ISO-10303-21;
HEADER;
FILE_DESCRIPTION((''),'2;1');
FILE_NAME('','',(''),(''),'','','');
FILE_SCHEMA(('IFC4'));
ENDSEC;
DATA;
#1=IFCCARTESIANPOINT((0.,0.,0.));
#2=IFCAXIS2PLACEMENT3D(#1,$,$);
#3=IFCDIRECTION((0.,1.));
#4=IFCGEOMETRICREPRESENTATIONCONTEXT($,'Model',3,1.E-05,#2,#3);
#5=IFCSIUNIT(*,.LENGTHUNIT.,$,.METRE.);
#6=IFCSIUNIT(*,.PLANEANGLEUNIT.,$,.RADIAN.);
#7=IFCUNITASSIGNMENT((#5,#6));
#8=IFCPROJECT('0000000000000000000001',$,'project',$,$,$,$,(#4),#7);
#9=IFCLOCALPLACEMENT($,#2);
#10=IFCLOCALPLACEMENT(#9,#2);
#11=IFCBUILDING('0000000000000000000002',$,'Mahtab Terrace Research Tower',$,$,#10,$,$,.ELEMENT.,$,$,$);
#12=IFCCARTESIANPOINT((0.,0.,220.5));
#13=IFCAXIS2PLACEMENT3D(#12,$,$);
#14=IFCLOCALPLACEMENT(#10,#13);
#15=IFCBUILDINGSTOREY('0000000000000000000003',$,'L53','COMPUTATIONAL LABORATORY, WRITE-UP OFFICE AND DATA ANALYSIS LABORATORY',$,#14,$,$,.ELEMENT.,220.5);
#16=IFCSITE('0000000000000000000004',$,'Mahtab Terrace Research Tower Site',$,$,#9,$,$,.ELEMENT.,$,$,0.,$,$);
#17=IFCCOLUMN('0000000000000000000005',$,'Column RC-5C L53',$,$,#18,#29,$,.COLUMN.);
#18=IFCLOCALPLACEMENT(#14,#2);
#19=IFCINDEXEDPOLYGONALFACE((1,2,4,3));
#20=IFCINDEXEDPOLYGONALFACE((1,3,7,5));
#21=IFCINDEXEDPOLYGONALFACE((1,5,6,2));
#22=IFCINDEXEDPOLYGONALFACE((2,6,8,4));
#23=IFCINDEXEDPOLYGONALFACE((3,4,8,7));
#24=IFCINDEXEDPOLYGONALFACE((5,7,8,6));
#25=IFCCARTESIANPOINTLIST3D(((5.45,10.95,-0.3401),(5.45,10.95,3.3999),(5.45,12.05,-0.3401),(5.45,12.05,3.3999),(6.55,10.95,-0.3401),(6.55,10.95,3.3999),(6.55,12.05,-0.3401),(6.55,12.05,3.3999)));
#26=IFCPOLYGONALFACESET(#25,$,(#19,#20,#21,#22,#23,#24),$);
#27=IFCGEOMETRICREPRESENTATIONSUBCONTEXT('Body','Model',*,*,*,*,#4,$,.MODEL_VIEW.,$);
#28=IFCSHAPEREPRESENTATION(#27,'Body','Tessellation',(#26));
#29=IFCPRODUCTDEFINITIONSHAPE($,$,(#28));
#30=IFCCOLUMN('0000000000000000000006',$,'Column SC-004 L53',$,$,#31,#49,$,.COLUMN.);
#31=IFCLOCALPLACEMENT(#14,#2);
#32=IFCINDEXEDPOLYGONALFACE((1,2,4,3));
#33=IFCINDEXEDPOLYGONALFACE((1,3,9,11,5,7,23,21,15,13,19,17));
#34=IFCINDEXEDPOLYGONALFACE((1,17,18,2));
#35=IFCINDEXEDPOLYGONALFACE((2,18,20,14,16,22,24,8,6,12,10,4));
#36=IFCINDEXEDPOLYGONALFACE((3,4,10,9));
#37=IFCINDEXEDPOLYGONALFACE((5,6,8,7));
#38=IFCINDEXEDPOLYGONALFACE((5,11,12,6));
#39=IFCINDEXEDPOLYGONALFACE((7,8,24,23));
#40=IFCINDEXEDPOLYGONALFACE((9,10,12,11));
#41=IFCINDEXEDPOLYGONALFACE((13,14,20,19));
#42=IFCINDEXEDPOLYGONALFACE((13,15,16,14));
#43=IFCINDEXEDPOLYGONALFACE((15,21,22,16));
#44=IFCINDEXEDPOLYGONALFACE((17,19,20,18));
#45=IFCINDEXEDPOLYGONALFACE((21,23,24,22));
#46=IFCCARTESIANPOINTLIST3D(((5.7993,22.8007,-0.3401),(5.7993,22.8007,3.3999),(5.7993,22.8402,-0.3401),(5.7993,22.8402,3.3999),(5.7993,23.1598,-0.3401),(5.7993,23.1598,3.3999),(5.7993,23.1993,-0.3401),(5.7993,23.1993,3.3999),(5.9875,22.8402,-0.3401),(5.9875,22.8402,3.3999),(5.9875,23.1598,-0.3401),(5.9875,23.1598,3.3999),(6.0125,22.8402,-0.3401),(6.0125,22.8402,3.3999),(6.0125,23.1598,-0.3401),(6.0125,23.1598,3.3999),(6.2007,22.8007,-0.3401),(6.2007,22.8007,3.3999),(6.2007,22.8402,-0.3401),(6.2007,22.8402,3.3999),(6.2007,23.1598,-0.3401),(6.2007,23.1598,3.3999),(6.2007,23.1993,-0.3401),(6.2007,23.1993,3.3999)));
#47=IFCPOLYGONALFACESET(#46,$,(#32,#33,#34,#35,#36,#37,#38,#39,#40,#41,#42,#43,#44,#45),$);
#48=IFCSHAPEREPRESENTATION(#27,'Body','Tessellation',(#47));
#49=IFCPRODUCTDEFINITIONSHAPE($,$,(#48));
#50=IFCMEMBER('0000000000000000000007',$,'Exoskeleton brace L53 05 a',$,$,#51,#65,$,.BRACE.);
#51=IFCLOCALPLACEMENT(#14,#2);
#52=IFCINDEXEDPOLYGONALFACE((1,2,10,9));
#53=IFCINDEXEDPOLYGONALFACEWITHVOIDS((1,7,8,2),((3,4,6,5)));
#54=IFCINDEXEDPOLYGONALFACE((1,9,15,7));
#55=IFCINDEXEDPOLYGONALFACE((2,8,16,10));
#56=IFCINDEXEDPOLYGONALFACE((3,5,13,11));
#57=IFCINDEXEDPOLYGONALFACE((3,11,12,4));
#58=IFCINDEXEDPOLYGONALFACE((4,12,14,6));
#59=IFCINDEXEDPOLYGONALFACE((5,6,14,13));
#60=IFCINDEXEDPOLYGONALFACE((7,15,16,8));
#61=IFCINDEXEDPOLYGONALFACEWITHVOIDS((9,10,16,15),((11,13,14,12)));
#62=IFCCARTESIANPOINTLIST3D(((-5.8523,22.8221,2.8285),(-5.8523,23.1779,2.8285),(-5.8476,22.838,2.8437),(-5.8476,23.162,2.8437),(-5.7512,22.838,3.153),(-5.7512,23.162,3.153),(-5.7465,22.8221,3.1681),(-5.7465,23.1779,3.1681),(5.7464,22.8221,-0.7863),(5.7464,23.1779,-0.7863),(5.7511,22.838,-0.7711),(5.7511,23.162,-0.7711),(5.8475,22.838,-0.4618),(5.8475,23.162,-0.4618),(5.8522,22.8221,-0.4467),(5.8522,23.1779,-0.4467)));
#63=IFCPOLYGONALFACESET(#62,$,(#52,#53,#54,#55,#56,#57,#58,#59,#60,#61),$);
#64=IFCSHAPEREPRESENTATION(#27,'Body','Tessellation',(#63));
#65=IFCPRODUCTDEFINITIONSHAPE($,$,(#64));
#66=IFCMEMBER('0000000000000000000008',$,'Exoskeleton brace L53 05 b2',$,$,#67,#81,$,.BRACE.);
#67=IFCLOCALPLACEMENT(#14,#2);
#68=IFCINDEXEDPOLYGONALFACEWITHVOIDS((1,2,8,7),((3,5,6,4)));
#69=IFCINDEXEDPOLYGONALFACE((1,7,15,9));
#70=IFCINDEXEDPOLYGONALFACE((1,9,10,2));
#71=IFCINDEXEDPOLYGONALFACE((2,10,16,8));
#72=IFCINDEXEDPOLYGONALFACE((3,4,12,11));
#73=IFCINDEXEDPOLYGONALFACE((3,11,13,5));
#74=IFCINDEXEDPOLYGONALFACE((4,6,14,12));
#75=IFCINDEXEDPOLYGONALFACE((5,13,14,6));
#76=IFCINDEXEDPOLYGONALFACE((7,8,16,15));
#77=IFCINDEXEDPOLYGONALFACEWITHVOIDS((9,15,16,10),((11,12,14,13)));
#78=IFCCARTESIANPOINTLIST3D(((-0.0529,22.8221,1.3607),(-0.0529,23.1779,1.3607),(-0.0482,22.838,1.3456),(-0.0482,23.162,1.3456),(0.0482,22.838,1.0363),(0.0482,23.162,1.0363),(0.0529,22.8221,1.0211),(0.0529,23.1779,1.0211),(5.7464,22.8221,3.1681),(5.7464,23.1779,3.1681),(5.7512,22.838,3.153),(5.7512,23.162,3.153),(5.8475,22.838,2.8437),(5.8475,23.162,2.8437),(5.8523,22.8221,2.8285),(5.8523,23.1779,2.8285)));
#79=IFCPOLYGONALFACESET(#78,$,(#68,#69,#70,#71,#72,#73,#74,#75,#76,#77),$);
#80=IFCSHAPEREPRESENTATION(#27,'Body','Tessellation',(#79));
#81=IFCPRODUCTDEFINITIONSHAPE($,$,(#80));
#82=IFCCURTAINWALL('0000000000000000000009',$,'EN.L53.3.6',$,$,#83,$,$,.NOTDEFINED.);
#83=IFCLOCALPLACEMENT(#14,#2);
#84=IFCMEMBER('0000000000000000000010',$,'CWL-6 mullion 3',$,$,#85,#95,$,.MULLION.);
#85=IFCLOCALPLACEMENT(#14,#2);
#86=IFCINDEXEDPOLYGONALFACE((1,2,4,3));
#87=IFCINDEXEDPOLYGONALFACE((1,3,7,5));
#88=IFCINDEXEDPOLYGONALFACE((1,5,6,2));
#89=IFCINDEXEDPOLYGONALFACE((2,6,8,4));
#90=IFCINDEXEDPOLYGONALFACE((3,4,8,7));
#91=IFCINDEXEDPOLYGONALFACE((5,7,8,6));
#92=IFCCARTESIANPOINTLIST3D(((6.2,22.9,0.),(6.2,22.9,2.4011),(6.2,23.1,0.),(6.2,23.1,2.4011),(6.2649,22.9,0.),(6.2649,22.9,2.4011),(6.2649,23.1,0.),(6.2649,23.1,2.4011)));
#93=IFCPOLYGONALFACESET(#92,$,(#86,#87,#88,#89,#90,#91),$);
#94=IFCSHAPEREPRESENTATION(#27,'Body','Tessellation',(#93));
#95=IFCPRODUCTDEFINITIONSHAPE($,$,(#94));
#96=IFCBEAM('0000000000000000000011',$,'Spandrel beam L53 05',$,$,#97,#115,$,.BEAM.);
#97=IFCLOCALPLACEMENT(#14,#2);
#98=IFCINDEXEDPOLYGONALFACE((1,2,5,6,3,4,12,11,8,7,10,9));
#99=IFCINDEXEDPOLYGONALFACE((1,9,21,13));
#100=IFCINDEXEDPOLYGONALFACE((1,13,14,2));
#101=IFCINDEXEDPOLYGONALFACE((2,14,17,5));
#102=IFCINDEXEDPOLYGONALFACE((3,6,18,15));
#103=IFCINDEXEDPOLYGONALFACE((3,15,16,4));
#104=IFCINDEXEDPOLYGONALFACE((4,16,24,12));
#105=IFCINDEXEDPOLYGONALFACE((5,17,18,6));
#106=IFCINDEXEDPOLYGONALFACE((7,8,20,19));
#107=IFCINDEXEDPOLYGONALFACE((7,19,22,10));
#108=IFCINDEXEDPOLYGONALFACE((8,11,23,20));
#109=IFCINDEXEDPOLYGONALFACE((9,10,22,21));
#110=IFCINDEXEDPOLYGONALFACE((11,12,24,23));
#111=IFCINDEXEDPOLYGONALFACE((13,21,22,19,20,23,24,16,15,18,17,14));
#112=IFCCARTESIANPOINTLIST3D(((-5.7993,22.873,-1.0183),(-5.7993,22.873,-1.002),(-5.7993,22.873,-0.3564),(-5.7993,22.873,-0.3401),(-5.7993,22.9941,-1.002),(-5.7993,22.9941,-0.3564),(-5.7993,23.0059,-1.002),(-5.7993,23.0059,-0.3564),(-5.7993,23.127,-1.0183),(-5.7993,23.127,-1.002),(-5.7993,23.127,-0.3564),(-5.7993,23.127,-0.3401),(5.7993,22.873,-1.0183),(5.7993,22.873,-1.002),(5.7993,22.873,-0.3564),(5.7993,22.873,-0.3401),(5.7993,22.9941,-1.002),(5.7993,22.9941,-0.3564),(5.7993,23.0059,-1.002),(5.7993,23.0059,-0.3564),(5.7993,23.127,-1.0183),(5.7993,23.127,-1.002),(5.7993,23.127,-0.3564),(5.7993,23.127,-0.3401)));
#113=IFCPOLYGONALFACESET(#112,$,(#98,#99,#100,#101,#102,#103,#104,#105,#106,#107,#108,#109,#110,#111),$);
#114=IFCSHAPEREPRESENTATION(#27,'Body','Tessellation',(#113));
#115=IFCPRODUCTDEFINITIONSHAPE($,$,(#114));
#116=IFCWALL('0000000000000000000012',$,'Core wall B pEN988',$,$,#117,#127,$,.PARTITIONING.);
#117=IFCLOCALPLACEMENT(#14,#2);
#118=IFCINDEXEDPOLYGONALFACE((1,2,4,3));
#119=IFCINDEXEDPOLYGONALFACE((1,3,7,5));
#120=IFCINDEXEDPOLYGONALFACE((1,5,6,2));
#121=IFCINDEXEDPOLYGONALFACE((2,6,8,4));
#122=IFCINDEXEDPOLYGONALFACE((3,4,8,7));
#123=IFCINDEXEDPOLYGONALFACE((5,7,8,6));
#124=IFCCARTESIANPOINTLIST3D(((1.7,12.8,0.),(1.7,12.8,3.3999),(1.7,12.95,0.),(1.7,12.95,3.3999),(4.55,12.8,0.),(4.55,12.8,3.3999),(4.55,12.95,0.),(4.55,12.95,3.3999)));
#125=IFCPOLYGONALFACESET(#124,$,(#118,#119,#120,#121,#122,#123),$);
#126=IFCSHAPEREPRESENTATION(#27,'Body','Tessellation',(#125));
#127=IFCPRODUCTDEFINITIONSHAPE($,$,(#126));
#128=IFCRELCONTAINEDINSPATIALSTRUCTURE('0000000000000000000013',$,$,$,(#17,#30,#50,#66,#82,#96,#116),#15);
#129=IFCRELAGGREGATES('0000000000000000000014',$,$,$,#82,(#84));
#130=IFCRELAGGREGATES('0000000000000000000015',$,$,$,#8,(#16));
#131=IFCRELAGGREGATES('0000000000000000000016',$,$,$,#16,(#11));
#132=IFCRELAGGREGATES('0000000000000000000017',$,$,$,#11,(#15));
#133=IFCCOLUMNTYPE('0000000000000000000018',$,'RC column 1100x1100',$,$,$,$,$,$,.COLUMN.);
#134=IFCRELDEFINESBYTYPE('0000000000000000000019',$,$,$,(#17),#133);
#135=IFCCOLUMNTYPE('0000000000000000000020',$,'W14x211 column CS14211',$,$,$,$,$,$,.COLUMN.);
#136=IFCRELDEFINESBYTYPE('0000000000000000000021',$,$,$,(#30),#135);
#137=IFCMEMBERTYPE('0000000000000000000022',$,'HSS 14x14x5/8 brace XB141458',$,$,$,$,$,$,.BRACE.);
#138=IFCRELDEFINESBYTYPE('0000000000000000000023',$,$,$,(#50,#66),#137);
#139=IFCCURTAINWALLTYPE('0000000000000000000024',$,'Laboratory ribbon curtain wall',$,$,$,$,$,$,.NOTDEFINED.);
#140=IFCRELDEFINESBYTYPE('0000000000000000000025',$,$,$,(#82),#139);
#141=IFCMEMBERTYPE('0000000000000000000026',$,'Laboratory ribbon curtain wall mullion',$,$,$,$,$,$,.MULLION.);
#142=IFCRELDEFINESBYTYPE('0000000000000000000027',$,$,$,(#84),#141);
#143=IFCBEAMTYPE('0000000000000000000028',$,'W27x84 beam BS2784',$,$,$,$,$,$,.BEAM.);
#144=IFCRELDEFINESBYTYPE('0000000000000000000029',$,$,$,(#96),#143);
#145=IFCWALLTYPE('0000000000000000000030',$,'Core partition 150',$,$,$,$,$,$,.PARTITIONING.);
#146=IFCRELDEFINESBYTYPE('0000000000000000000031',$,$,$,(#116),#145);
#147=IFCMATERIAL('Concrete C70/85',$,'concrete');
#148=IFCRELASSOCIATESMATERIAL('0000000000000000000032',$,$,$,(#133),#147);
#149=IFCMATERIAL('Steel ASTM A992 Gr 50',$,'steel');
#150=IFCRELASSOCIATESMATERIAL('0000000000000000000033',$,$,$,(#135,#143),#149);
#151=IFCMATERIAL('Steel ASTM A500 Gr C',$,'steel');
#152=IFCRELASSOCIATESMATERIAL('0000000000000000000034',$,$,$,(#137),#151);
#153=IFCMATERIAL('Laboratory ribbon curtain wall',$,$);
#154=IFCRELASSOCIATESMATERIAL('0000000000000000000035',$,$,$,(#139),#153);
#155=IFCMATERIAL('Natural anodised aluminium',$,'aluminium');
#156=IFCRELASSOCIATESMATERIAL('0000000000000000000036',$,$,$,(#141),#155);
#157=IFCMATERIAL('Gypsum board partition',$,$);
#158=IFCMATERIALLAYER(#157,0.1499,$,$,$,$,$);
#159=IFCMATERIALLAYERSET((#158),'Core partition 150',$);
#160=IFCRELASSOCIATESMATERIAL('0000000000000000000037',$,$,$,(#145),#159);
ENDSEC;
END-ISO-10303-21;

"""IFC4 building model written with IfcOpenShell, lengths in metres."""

from ifc_helpers import new_model, si_unit, direction, frame, frame_2d, origin, origin_2d, place, context, subcontext, project, spatial, rectangle, hollow_rectangle, i_section, extrude, material, layer, layer_set, material_profile, profile_set, type_object, element, aggregate, save


model = new_model("IFC4")

# Units and contexts
model_context = context("Model", 3, precision=1e-05, world=origin(), true_north=direction((0.0, 1.0)))
body_context = subcontext(model_context, "Body", "Model", "MODEL_VIEW")
ifc_project = project(units=[si_unit("LENGTHUNIT", "METRE"), si_unit("PLANEANGLEUNIT", "RADIAN")], contexts=[model_context])

# Site, building, storey
site_placement = place(None, origin())
site = spatial("IfcSite", under=ifc_project, at=site_placement, Name="Mahtab Terrace Research Tower Site", CompositionType="ELEMENT", RefElevation=0.0)
building_placement = place(site_placement, origin())
building = spatial("IfcBuilding", under=site, at=building_placement, Name="Mahtab Terrace Research Tower", CompositionType="ELEMENT")
storey_placement = place(building_placement, frame((0.0, 0.0, 220.5)))
storey = spatial("IfcBuildingStorey", under=building, at=storey_placement, Name="L53", Description="COMPUTATIONAL LABORATORY, WRITE-UP OFFICE AND DATA ANALYSIS LABORATORY", CompositionType="ELEMENT", Elevation=220.5)

# Columns
ifc_material_1 = material(Name="Concrete C70/85", Category="concrete")
ifc_material_profile_1 = material_profile(ifc_material_1, rectangle(XDim=1.1001, YDim=1.1001, at=origin_2d()), Name="RC column 1100x1100")
ifc_profile_set_1 = profile_set([ifc_material_profile_1], Name="Concrete C70/85")
column_type_1 = type_object("IfcColumnType", Name="RC column 1100x1100", PredefinedType="COLUMN", material=ifc_profile_set_1)
column_1_placement = place(storey_placement, frame((6.0, 11.5, -0.3401), z_axis=(0.0, 0.0, 1.0), x_axis=(1.0, 0.0, 0.0)))
element("IfcColumn", 1, at=column_1_placement, inside=storey, type_object=column_type_1, Name="Column RC-5C L53", PredefinedType="COLUMN", context=body_context, shape_type="SweptSolid", body=[
    extrude(rectangle(XDim=1.1001, YDim=1.1001, at=origin_2d()), origin(), (0.0, 0.0, 1.0), 3.74),
])
ifc_material_2 = material(Name="Steel ASTM A992 Gr 50", Category="steel")
ifc_material_profile_2 = material_profile(ifc_material_2, i_section(OverallWidth=0.4014, OverallDepth=0.3987, WebThickness=0.0249, FlangeThickness=0.0396, at=origin_2d()), Name="W14X211")
ifc_profile_set_2 = profile_set([ifc_material_profile_2], Name="Steel ASTM A992 Gr 50")
column_type_2 = type_object("IfcColumnType", Name="W14x211 column CS14211", PredefinedType="COLUMN", material=ifc_profile_set_2)
column_2_placement = place(storey_placement, frame((6.0, 23.0, -0.3401), z_axis=(0.0, 0.0, 1.0), x_axis=(1.0, 0.0, 0.0)))
element("IfcColumn", 2, at=column_2_placement, inside=storey, type_object=column_type_2, Name="Column SC-004 L53", PredefinedType="COLUMN", context=body_context, shape_type="SweptSolid", body=[
    extrude(i_section(OverallWidth=0.4014, OverallDepth=0.3987, WebThickness=0.0249, FlangeThickness=0.0396, at=origin_2d()), origin(), (0.0, 0.0, 1.0), 3.74),
])

# Members
ifc_material_3 = material(Name="Steel ASTM A500 Gr C", Category="steel")
ifc_material_profile_3 = material_profile(ifc_material_3, hollow_rectangle(XDim=0.3557, YDim=0.3557, WallThickness=0.0159, at=origin_2d()), Name="HSS14X14X5/8")
ifc_profile_set_3 = profile_set([ifc_material_profile_3], Name="Steel ASTM A500 Gr C")
member_type_1 = type_object("IfcMemberType", Name="HSS 14x14x5/8 brace XB141458", PredefinedType="BRACE", material=ifc_profile_set_3)
member_1_placement = place(storey_placement, frame((5.7993, 23.0, -0.6165), z_axis=(-0.95471, 0.0, 0.297538), x_axis=(0.0, -1.0, 0.0)))
element("IfcMember", 3, at=member_1_placement, inside=storey, type_object=member_type_1, Name="Exoskeleton brace L53 05 a", PredefinedType="BRACE", context=body_context, shape_type="SweptSolid", body=[
    extrude(hollow_rectangle(XDim=0.3557, YDim=0.3557, WallThickness=0.0159, at=origin_2d()), origin(), (0.0, 0.0, 1.0), 12.1489),
])
member_2_placement = place(storey_placement, frame((0.0, 23.0, 1.1909), z_axis=(0.95471, 0.0, 0.297538), x_axis=(0.0, 1.0, 0.0)))
element("IfcMember", 4, at=member_2_placement, inside=storey, type_object=member_type_1, Name="Exoskeleton brace L53 05 b2", PredefinedType="BRACE", context=body_context, shape_type="SweptSolid", body=[
    extrude(hollow_rectangle(XDim=0.3557, YDim=0.3557, WallThickness=0.0159, at=origin_2d()), origin(), (0.0, 0.0, 1.0), 6.0745),
])

# Curtain wall, member
ifc_material_4 = material(Name="Laboratory ribbon curtain wall")
curtain_wall_type = type_object("IfcCurtainWallType", Name="Laboratory ribbon curtain wall", PredefinedType="NOTDEFINED", material=ifc_material_4)
curtain_wall_placement = place(storey_placement, origin())
curtain_wall = element("IfcCurtainWall", 5, at=curtain_wall_placement, inside=storey, type_object=curtain_wall_type, Name="EN.L53.3.6", PredefinedType="NOTDEFINED")
ifc_material_5 = material(Name="Natural anodised aluminium", Category="aluminium")
ifc_material_profile_4 = material_profile(ifc_material_5, rectangle(XDim=0.2, YDim=0.0649, at=origin_2d()), Name="MULLION 65x200")
ifc_profile_set_4 = profile_set([ifc_material_profile_4], Name="Natural anodised aluminium")
member_type_2 = type_object("IfcMemberType", Name="Laboratory ribbon curtain wall mullion", PredefinedType="MULLION", material=ifc_profile_set_4)
member_3_placement = place(storey_placement, frame((6.2324, 23.0, 0.0), z_axis=(0.0, 0.0, 1.0), x_axis=(0.0, -1.0, 0.0)))
member_3 = element("IfcMember", 6, at=member_3_placement, type_object=member_type_2, Name="CWL-6 mullion 3", PredefinedType="MULLION", context=body_context, shape_type="SweptSolid", body=[
    extrude(rectangle(XDim=0.2, YDim=0.0649, at=origin_2d()), origin(), (0.0, 0.0, 1.0), 2.4011),
])
aggregate(curtain_wall, [member_3])

# Beam
ifc_material_profile_5 = material_profile(ifc_material_2, i_section(OverallWidth=0.2539, OverallDepth=0.6782, WebThickness=0.0117, FlangeThickness=0.0164, at=origin_2d()), Name="W27X84")
ifc_profile_set_5 = profile_set([ifc_material_profile_5], Name="Steel ASTM A992 Gr 50")
beam_type = type_object("IfcBeamType", Name="W27x84 beam BS2784", PredefinedType="BEAM", material=ifc_profile_set_5)
beam_placement = place(storey_placement, frame((5.7993, 23.0, -0.6792), z_axis=(-1.0, 0.0, 0.0), x_axis=(0.0, -1.0, 0.0)))
element("IfcBeam", 7, at=beam_placement, inside=storey, type_object=beam_type, Name="Spandrel beam L53 05", PredefinedType="BEAM", context=body_context, shape_type="SweptSolid", body=[
    extrude(i_section(OverallWidth=0.2539, OverallDepth=0.6782, WebThickness=0.0117, FlangeThickness=0.0164, at=origin_2d()), origin(), (0.0, 0.0, 1.0), 11.5986),
])

# Wall
ifc_material_6 = material(Name="Gypsum board partition")
ifc_layer_1 = layer(ifc_material_6, 0.1499)
ifc_layer_set_1 = layer_set([ifc_layer_1], Name="Core partition 150")
wall_type_1 = type_object("IfcWallType", Name="Core partition 150", PredefinedType="PARTITIONING", material=ifc_layer_set_1)
wall_1_placement = place(storey_placement, frame((1.7, 12.875, 0.0), z_axis=(0.0, 0.0, 1.0), x_axis=(1.0, 0.0, 0.0)))
element("IfcWall", 8, at=wall_1_placement, inside=storey, type_object=wall_type_1, Name="Core wall B pEN988", PredefinedType="PARTITIONING", context=body_context, shape_type="SweptSolid", body=[
    extrude(rectangle(XDim=2.8501, YDim=0.1499, at=frame_2d((1.425, 0.0))), origin(), (0.0, 0.0, 1.0), 3.3999),
])

save(model, "model.ifc")
